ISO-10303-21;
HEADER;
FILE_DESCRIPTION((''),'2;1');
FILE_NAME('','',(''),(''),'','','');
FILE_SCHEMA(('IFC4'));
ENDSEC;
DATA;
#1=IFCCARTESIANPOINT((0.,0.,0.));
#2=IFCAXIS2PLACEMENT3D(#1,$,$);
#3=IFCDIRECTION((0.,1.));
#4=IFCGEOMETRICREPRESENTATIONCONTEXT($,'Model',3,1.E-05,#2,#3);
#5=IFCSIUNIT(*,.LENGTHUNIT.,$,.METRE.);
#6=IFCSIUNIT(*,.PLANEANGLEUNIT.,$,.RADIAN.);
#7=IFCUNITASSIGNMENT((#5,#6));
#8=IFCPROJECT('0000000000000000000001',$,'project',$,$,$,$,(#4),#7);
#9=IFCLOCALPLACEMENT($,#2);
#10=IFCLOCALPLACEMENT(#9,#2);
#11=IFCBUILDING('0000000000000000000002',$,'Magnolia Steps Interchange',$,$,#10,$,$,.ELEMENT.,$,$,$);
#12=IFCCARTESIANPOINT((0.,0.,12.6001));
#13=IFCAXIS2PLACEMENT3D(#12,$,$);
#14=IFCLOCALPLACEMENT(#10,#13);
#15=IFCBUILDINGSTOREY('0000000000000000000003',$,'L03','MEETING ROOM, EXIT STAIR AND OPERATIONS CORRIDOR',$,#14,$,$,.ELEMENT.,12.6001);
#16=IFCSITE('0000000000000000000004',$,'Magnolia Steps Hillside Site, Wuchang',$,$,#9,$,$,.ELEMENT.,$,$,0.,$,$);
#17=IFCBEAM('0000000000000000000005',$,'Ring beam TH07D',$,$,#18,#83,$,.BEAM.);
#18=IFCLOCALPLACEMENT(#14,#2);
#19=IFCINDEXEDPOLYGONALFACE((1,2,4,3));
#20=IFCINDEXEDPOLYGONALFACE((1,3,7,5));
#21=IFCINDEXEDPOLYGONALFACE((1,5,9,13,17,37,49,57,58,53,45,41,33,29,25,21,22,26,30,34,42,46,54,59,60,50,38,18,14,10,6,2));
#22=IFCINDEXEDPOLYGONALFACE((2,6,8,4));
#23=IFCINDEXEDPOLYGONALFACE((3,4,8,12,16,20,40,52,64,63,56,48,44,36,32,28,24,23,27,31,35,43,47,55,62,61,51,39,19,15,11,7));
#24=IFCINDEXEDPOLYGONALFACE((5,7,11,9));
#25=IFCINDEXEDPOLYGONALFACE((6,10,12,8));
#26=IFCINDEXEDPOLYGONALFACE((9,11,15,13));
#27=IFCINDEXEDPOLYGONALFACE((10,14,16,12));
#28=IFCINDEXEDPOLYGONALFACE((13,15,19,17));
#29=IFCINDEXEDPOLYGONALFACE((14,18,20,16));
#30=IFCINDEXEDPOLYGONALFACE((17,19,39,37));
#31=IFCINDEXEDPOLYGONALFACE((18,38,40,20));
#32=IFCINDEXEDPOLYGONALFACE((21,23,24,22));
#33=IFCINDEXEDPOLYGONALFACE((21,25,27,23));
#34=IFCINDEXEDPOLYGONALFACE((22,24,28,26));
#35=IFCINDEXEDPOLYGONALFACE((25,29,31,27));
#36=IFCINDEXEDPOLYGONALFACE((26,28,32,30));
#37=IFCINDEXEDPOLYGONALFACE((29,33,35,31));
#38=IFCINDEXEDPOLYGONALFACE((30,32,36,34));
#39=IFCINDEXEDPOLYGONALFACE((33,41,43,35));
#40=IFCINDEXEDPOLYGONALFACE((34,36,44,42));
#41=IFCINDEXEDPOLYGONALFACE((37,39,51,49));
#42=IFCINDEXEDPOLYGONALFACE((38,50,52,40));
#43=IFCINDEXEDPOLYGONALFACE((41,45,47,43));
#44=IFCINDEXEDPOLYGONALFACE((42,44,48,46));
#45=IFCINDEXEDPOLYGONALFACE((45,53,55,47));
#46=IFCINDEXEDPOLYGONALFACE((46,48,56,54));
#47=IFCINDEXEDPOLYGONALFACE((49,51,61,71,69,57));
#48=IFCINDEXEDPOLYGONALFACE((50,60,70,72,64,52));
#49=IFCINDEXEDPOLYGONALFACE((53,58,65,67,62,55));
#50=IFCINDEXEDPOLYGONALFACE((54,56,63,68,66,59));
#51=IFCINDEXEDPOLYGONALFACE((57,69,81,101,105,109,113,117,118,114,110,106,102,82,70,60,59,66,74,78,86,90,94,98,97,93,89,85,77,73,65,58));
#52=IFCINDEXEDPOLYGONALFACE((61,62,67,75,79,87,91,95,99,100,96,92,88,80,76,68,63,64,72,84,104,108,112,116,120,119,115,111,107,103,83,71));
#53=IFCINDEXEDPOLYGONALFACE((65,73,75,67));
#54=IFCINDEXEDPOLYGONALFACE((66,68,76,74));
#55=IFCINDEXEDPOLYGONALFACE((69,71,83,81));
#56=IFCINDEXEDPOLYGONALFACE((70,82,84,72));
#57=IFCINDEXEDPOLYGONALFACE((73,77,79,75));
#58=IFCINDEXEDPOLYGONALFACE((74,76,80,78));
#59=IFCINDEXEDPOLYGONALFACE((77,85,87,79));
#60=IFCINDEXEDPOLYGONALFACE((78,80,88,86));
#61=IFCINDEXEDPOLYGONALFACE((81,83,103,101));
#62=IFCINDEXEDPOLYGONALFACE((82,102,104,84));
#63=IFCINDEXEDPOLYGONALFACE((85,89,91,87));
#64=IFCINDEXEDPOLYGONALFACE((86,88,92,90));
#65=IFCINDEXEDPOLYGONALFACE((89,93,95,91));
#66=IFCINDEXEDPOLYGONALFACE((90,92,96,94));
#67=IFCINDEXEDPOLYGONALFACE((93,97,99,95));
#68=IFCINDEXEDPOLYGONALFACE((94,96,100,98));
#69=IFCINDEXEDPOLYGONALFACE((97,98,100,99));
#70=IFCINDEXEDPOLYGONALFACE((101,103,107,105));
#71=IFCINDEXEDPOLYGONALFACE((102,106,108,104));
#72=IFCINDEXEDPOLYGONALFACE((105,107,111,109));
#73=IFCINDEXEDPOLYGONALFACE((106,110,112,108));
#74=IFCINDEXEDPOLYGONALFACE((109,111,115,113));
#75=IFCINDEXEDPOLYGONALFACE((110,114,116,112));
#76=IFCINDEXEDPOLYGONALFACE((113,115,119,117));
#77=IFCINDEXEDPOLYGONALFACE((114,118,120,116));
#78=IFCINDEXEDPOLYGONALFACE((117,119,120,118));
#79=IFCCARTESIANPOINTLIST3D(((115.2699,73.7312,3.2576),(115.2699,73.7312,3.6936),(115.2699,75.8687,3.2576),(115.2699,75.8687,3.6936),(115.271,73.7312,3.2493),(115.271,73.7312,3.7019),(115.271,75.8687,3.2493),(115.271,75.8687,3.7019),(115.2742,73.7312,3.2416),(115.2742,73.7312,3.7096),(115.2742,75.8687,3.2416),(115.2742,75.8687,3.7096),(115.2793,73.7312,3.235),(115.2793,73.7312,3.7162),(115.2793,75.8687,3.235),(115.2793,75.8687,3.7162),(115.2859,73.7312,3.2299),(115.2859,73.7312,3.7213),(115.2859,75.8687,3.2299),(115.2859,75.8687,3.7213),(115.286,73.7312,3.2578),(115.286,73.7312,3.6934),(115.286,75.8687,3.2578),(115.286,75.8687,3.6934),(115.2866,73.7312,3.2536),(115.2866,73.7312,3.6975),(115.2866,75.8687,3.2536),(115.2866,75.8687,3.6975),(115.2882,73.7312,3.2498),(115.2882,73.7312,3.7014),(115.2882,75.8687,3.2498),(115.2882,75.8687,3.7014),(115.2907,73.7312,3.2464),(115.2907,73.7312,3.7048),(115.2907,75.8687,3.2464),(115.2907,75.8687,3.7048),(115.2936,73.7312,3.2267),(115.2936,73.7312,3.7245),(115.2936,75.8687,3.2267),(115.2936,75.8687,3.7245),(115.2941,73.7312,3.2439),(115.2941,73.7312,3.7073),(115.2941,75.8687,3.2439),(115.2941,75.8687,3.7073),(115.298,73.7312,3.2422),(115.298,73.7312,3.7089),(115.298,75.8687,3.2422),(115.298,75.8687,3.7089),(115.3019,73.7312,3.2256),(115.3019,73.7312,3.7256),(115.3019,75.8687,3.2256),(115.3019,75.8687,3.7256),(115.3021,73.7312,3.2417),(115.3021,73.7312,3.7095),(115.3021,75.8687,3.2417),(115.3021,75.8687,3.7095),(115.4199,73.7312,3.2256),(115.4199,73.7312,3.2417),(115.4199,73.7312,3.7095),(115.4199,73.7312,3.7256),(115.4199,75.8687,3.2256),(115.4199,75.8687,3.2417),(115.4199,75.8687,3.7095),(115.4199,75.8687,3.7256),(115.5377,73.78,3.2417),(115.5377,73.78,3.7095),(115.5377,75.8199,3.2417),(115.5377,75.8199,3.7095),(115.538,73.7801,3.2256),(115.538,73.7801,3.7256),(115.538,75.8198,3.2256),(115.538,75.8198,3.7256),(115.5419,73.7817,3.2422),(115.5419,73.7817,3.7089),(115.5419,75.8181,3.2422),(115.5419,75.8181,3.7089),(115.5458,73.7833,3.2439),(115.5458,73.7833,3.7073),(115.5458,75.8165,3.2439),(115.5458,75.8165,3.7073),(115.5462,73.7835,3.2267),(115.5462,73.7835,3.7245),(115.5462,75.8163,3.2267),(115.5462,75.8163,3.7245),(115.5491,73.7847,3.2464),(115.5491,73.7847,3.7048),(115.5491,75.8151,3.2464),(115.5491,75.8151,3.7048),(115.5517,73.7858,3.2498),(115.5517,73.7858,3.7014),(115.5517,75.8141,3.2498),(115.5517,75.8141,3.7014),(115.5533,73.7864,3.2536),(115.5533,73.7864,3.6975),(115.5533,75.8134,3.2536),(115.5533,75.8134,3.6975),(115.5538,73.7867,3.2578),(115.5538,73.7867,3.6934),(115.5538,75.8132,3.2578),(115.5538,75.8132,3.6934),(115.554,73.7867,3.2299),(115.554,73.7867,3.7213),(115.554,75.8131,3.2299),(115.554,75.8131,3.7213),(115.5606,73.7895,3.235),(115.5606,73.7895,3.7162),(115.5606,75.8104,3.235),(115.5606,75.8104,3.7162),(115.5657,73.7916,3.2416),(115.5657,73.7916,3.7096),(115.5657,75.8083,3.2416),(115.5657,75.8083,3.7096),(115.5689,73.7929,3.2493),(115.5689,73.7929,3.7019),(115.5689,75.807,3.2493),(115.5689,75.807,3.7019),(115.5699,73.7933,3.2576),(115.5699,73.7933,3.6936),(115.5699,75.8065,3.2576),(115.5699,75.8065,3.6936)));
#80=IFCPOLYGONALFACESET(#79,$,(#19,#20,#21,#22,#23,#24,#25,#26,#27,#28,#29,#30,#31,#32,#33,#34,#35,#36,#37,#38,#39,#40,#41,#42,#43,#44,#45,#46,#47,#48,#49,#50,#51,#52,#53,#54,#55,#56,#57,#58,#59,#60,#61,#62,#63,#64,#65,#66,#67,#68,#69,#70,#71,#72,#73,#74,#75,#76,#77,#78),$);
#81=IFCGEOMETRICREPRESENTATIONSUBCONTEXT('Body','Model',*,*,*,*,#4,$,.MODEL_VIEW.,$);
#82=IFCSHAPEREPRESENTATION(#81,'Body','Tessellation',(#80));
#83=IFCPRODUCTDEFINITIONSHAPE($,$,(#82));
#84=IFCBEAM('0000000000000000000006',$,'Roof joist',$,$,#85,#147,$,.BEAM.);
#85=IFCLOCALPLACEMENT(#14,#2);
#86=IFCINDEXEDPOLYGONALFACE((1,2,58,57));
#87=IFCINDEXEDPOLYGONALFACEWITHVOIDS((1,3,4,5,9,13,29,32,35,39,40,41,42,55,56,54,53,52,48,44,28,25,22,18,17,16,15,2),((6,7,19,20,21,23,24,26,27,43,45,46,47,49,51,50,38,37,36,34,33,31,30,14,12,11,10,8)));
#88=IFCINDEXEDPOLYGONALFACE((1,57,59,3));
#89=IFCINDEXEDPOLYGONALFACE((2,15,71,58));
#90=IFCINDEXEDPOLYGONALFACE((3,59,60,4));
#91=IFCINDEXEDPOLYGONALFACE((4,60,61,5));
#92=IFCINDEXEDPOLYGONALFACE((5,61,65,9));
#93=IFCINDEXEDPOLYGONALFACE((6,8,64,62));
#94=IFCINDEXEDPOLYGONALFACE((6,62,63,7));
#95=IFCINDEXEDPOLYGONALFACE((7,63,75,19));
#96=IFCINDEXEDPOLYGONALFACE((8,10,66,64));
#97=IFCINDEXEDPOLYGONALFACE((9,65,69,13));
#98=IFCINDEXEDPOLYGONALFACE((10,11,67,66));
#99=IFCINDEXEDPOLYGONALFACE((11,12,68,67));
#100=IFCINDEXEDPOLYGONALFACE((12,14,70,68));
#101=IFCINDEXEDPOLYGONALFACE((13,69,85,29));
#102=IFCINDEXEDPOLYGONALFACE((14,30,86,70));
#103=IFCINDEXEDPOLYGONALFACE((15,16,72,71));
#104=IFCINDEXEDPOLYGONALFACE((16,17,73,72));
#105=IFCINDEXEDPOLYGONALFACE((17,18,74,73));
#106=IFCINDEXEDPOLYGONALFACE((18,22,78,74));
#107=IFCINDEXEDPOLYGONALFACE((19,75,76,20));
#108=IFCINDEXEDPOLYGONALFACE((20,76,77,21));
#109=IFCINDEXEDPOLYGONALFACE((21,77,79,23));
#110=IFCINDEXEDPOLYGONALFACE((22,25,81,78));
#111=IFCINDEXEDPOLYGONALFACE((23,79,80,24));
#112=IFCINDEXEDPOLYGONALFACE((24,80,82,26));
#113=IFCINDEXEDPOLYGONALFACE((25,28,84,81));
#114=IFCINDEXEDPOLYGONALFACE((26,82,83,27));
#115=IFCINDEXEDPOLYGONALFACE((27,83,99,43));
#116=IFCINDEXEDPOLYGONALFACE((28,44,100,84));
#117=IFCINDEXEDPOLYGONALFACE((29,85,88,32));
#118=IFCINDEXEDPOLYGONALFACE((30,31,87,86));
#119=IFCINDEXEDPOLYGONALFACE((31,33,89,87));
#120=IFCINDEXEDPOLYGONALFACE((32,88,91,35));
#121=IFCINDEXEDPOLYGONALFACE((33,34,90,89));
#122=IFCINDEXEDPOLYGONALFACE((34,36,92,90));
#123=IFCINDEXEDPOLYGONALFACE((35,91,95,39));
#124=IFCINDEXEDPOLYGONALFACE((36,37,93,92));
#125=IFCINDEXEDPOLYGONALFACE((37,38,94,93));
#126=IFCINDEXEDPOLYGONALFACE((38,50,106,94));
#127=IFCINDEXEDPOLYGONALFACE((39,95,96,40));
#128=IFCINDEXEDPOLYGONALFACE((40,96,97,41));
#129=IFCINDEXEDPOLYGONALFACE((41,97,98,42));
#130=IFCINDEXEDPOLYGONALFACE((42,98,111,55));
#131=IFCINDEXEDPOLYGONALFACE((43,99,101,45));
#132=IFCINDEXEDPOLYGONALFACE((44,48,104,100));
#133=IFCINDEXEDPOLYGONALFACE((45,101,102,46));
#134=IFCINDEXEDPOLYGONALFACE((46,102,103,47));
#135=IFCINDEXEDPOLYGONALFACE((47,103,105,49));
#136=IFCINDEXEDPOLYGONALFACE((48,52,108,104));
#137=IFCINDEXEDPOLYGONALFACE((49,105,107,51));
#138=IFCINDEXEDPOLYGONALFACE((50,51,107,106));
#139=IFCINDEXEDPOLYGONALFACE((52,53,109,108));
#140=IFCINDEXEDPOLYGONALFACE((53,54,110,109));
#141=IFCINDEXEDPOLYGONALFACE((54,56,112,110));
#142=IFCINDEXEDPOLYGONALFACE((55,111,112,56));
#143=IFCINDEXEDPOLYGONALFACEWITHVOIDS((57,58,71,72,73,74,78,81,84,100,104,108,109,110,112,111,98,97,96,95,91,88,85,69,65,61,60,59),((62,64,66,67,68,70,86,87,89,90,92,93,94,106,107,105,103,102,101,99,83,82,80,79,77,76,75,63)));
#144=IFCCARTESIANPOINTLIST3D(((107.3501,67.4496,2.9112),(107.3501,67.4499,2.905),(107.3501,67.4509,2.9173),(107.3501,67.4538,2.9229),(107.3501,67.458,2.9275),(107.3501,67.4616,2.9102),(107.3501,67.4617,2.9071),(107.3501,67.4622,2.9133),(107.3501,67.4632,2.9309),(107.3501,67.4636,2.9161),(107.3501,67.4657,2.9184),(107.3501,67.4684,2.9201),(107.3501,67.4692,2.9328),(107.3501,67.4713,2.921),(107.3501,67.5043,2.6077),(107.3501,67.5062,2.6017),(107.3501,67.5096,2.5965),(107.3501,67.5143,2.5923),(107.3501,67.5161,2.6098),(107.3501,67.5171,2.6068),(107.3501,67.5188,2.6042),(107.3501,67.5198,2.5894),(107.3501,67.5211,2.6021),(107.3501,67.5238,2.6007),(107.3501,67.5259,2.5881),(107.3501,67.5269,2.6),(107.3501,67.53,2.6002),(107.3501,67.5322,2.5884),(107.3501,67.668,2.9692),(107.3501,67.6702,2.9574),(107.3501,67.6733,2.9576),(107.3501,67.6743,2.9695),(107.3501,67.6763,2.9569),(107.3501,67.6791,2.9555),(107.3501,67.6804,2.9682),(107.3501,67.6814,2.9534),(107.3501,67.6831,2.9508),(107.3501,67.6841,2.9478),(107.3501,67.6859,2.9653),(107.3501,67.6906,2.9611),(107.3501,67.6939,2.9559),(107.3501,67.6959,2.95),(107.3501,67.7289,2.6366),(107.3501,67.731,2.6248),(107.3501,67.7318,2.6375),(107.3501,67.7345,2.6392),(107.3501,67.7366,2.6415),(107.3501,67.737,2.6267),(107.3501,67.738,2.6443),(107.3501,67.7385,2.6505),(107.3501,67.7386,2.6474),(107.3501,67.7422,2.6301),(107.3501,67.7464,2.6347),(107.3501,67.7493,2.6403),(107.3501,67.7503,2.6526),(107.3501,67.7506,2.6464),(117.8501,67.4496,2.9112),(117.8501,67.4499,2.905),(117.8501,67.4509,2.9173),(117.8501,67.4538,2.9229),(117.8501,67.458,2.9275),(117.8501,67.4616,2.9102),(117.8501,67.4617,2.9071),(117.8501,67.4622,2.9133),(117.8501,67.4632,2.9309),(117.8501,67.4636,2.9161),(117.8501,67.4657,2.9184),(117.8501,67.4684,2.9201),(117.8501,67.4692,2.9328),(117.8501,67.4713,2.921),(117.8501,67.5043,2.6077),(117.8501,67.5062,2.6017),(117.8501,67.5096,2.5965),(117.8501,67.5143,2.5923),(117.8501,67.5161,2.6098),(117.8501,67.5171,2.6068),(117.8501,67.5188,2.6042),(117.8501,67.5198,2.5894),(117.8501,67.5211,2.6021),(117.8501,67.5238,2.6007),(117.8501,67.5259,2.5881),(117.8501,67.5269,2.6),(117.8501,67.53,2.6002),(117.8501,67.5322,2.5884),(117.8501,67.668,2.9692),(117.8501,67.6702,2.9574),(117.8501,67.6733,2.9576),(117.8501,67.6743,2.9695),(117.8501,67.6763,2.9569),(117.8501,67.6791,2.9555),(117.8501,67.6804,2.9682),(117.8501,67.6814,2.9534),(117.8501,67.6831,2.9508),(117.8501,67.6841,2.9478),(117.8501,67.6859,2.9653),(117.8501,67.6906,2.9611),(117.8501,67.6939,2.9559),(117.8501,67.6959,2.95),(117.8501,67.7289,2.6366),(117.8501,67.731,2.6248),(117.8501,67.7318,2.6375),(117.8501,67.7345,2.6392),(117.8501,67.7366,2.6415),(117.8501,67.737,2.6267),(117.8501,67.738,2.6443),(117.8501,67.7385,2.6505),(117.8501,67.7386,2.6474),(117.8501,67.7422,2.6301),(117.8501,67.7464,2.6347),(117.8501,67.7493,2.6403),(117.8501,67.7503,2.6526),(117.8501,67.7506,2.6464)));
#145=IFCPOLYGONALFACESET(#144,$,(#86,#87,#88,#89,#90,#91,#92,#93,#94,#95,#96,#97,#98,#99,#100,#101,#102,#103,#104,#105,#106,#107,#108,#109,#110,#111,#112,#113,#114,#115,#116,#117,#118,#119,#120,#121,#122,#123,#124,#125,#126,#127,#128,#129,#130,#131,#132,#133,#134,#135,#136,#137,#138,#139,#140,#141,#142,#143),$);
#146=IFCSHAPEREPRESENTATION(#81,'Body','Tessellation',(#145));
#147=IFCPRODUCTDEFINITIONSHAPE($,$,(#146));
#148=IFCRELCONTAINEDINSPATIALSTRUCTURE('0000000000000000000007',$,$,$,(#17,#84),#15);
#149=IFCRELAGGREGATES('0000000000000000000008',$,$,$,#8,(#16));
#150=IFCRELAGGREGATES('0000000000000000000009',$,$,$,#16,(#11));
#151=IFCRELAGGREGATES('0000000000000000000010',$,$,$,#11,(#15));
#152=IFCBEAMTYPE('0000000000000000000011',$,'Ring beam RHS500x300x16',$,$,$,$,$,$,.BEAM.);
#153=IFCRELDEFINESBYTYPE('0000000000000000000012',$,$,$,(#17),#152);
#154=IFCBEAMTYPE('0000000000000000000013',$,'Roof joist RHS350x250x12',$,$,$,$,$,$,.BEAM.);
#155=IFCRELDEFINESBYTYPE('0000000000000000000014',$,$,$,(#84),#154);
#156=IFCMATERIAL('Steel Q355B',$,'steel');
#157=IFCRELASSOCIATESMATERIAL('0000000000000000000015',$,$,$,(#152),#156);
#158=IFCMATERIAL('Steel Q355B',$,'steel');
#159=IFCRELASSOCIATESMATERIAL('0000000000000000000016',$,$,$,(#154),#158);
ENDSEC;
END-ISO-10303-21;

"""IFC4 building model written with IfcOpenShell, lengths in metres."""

from ifc_helpers import new_model, si_unit, direction, frame, origin, origin_2d, place, context, subcontext, project, spatial, hollow_rectangle, extrude, clip, halfspace, material, material_profile, profile_set, type_object, element, save


model = new_model("IFC4")

# Units and contexts
model_context = context("Model", 3, precision=1e-05, world=origin(), true_north=direction((0.0, 1.0)))
body_context = subcontext(model_context, "Body", "Model", "MODEL_VIEW")
ifc_project = project(units=[si_unit("LENGTHUNIT", "METRE"), si_unit("PLANEANGLEUNIT", "RADIAN")], contexts=[model_context])

# Site, building, storey
site_placement = place(None, origin())
site = spatial("IfcSite", under=ifc_project, at=site_placement, Name="Magnolia Steps Hillside Site, Wuchang", CompositionType="ELEMENT", RefElevation=0.0)
building_placement = place(site_placement, origin())
building = spatial("IfcBuilding", under=site, at=building_placement, Name="Magnolia Steps Interchange", CompositionType="ELEMENT")
storey_placement = place(building_placement, frame((0.0, 0.0, 12.6001)))
storey = spatial("IfcBuildingStorey", under=building, at=storey_placement, Name="L03", Description="MEETING ROOM, EXIT STAIR AND OPERATIONS CORRIDOR", CompositionType="ELEMENT", Elevation=12.6001)

# Beams
ifc_material_1 = material(Name="Steel Q355B", Category="steel")
ifc_material_profile_1 = material_profile(ifc_material_1, hollow_rectangle(XDim=0.3, YDim=0.5, WallThickness=0.0161, InnerFilletRadius=0.0161, OuterFilletRadius=0.032, at=origin_2d()), Name="RHS500x300x16")
ifc_profile_set_1 = profile_set([ifc_material_profile_1], Name="Steel Q355B")
beam_type_1 = type_object("IfcBeamType", Name="Ring beam RHS500x300x16", PredefinedType="BEAM", material=ifc_profile_set_1)
beam_1_placement = place(storey_placement, frame((115.4199, 75.8687, 3.4756), z_axis=(0.0, -1.0, 0.0), x_axis=(1.0, 0.0, 0.0)))
element("IfcBeam", 1, at=beam_1_placement, inside=storey, type_object=beam_type_1, Name="Ring beam TH07D", PredefinedType="BEAM", context=body_context, shape_type="Clipping", body=[
    clip(clip(extrude(hollow_rectangle(XDim=0.3, YDim=0.5, WallThickness=0.0161, InnerFilletRadius=0.0161, OuterFilletRadius=0.032, at=origin_2d()), origin(), (0.0, 0.0, 1.0), 2.1375), halfspace(frame((0.0, 0.0, 0.0), z_axis=(0.382683, 0.0, -0.92388), x_axis=(0.92388, 0.0, 0.382683)), False)), halfspace(frame((0.0, 0.0, 2.1375), z_axis=(0.382683, 0.0, 0.92388), x_axis=(0.92388, 0.0, -0.382683)), False)),
])
ifc_material_2 = material(Name="Steel Q355B", Category="steel")
ifc_material_profile_2 = material_profile(ifc_material_2, hollow_rectangle(XDim=0.25, YDim=0.3501, WallThickness=0.012, InnerFilletRadius=0.012, OuterFilletRadius=0.0239, at=origin_2d()), Name="RHS350x250x12")
ifc_profile_set_2 = profile_set([ifc_material_profile_2], Name="Steel Q355B")
beam_type_2 = type_object("IfcBeamType", Name="Roof joist RHS350x250x12", PredefinedType="BEAM", material=ifc_profile_set_2)
for number, where, z_axis, x_axis, name in (
    (2, (107.3501, 67.6001, 2.7788), (1.0, 0.0, 0.0), (0.0, 0.983677, 0.179941), "Roof joist"),
):
    element("IfcBeam", number, at=place(storey_placement, frame(where, z_axis=z_axis, x_axis=x_axis)), inside=storey, type_object=beam_type_2, Name=name, PredefinedType="BEAM", context=body_context, shape_type="SweptSolid", body=[
        extrude(hollow_rectangle(XDim=0.25, YDim=0.3501, WallThickness=0.012, InnerFilletRadius=0.012, OuterFilletRadius=0.0239, at=origin_2d()), origin(), (0.0, 0.0, 1.0), 10.5),
    ])

save(model, "model.ifc")
